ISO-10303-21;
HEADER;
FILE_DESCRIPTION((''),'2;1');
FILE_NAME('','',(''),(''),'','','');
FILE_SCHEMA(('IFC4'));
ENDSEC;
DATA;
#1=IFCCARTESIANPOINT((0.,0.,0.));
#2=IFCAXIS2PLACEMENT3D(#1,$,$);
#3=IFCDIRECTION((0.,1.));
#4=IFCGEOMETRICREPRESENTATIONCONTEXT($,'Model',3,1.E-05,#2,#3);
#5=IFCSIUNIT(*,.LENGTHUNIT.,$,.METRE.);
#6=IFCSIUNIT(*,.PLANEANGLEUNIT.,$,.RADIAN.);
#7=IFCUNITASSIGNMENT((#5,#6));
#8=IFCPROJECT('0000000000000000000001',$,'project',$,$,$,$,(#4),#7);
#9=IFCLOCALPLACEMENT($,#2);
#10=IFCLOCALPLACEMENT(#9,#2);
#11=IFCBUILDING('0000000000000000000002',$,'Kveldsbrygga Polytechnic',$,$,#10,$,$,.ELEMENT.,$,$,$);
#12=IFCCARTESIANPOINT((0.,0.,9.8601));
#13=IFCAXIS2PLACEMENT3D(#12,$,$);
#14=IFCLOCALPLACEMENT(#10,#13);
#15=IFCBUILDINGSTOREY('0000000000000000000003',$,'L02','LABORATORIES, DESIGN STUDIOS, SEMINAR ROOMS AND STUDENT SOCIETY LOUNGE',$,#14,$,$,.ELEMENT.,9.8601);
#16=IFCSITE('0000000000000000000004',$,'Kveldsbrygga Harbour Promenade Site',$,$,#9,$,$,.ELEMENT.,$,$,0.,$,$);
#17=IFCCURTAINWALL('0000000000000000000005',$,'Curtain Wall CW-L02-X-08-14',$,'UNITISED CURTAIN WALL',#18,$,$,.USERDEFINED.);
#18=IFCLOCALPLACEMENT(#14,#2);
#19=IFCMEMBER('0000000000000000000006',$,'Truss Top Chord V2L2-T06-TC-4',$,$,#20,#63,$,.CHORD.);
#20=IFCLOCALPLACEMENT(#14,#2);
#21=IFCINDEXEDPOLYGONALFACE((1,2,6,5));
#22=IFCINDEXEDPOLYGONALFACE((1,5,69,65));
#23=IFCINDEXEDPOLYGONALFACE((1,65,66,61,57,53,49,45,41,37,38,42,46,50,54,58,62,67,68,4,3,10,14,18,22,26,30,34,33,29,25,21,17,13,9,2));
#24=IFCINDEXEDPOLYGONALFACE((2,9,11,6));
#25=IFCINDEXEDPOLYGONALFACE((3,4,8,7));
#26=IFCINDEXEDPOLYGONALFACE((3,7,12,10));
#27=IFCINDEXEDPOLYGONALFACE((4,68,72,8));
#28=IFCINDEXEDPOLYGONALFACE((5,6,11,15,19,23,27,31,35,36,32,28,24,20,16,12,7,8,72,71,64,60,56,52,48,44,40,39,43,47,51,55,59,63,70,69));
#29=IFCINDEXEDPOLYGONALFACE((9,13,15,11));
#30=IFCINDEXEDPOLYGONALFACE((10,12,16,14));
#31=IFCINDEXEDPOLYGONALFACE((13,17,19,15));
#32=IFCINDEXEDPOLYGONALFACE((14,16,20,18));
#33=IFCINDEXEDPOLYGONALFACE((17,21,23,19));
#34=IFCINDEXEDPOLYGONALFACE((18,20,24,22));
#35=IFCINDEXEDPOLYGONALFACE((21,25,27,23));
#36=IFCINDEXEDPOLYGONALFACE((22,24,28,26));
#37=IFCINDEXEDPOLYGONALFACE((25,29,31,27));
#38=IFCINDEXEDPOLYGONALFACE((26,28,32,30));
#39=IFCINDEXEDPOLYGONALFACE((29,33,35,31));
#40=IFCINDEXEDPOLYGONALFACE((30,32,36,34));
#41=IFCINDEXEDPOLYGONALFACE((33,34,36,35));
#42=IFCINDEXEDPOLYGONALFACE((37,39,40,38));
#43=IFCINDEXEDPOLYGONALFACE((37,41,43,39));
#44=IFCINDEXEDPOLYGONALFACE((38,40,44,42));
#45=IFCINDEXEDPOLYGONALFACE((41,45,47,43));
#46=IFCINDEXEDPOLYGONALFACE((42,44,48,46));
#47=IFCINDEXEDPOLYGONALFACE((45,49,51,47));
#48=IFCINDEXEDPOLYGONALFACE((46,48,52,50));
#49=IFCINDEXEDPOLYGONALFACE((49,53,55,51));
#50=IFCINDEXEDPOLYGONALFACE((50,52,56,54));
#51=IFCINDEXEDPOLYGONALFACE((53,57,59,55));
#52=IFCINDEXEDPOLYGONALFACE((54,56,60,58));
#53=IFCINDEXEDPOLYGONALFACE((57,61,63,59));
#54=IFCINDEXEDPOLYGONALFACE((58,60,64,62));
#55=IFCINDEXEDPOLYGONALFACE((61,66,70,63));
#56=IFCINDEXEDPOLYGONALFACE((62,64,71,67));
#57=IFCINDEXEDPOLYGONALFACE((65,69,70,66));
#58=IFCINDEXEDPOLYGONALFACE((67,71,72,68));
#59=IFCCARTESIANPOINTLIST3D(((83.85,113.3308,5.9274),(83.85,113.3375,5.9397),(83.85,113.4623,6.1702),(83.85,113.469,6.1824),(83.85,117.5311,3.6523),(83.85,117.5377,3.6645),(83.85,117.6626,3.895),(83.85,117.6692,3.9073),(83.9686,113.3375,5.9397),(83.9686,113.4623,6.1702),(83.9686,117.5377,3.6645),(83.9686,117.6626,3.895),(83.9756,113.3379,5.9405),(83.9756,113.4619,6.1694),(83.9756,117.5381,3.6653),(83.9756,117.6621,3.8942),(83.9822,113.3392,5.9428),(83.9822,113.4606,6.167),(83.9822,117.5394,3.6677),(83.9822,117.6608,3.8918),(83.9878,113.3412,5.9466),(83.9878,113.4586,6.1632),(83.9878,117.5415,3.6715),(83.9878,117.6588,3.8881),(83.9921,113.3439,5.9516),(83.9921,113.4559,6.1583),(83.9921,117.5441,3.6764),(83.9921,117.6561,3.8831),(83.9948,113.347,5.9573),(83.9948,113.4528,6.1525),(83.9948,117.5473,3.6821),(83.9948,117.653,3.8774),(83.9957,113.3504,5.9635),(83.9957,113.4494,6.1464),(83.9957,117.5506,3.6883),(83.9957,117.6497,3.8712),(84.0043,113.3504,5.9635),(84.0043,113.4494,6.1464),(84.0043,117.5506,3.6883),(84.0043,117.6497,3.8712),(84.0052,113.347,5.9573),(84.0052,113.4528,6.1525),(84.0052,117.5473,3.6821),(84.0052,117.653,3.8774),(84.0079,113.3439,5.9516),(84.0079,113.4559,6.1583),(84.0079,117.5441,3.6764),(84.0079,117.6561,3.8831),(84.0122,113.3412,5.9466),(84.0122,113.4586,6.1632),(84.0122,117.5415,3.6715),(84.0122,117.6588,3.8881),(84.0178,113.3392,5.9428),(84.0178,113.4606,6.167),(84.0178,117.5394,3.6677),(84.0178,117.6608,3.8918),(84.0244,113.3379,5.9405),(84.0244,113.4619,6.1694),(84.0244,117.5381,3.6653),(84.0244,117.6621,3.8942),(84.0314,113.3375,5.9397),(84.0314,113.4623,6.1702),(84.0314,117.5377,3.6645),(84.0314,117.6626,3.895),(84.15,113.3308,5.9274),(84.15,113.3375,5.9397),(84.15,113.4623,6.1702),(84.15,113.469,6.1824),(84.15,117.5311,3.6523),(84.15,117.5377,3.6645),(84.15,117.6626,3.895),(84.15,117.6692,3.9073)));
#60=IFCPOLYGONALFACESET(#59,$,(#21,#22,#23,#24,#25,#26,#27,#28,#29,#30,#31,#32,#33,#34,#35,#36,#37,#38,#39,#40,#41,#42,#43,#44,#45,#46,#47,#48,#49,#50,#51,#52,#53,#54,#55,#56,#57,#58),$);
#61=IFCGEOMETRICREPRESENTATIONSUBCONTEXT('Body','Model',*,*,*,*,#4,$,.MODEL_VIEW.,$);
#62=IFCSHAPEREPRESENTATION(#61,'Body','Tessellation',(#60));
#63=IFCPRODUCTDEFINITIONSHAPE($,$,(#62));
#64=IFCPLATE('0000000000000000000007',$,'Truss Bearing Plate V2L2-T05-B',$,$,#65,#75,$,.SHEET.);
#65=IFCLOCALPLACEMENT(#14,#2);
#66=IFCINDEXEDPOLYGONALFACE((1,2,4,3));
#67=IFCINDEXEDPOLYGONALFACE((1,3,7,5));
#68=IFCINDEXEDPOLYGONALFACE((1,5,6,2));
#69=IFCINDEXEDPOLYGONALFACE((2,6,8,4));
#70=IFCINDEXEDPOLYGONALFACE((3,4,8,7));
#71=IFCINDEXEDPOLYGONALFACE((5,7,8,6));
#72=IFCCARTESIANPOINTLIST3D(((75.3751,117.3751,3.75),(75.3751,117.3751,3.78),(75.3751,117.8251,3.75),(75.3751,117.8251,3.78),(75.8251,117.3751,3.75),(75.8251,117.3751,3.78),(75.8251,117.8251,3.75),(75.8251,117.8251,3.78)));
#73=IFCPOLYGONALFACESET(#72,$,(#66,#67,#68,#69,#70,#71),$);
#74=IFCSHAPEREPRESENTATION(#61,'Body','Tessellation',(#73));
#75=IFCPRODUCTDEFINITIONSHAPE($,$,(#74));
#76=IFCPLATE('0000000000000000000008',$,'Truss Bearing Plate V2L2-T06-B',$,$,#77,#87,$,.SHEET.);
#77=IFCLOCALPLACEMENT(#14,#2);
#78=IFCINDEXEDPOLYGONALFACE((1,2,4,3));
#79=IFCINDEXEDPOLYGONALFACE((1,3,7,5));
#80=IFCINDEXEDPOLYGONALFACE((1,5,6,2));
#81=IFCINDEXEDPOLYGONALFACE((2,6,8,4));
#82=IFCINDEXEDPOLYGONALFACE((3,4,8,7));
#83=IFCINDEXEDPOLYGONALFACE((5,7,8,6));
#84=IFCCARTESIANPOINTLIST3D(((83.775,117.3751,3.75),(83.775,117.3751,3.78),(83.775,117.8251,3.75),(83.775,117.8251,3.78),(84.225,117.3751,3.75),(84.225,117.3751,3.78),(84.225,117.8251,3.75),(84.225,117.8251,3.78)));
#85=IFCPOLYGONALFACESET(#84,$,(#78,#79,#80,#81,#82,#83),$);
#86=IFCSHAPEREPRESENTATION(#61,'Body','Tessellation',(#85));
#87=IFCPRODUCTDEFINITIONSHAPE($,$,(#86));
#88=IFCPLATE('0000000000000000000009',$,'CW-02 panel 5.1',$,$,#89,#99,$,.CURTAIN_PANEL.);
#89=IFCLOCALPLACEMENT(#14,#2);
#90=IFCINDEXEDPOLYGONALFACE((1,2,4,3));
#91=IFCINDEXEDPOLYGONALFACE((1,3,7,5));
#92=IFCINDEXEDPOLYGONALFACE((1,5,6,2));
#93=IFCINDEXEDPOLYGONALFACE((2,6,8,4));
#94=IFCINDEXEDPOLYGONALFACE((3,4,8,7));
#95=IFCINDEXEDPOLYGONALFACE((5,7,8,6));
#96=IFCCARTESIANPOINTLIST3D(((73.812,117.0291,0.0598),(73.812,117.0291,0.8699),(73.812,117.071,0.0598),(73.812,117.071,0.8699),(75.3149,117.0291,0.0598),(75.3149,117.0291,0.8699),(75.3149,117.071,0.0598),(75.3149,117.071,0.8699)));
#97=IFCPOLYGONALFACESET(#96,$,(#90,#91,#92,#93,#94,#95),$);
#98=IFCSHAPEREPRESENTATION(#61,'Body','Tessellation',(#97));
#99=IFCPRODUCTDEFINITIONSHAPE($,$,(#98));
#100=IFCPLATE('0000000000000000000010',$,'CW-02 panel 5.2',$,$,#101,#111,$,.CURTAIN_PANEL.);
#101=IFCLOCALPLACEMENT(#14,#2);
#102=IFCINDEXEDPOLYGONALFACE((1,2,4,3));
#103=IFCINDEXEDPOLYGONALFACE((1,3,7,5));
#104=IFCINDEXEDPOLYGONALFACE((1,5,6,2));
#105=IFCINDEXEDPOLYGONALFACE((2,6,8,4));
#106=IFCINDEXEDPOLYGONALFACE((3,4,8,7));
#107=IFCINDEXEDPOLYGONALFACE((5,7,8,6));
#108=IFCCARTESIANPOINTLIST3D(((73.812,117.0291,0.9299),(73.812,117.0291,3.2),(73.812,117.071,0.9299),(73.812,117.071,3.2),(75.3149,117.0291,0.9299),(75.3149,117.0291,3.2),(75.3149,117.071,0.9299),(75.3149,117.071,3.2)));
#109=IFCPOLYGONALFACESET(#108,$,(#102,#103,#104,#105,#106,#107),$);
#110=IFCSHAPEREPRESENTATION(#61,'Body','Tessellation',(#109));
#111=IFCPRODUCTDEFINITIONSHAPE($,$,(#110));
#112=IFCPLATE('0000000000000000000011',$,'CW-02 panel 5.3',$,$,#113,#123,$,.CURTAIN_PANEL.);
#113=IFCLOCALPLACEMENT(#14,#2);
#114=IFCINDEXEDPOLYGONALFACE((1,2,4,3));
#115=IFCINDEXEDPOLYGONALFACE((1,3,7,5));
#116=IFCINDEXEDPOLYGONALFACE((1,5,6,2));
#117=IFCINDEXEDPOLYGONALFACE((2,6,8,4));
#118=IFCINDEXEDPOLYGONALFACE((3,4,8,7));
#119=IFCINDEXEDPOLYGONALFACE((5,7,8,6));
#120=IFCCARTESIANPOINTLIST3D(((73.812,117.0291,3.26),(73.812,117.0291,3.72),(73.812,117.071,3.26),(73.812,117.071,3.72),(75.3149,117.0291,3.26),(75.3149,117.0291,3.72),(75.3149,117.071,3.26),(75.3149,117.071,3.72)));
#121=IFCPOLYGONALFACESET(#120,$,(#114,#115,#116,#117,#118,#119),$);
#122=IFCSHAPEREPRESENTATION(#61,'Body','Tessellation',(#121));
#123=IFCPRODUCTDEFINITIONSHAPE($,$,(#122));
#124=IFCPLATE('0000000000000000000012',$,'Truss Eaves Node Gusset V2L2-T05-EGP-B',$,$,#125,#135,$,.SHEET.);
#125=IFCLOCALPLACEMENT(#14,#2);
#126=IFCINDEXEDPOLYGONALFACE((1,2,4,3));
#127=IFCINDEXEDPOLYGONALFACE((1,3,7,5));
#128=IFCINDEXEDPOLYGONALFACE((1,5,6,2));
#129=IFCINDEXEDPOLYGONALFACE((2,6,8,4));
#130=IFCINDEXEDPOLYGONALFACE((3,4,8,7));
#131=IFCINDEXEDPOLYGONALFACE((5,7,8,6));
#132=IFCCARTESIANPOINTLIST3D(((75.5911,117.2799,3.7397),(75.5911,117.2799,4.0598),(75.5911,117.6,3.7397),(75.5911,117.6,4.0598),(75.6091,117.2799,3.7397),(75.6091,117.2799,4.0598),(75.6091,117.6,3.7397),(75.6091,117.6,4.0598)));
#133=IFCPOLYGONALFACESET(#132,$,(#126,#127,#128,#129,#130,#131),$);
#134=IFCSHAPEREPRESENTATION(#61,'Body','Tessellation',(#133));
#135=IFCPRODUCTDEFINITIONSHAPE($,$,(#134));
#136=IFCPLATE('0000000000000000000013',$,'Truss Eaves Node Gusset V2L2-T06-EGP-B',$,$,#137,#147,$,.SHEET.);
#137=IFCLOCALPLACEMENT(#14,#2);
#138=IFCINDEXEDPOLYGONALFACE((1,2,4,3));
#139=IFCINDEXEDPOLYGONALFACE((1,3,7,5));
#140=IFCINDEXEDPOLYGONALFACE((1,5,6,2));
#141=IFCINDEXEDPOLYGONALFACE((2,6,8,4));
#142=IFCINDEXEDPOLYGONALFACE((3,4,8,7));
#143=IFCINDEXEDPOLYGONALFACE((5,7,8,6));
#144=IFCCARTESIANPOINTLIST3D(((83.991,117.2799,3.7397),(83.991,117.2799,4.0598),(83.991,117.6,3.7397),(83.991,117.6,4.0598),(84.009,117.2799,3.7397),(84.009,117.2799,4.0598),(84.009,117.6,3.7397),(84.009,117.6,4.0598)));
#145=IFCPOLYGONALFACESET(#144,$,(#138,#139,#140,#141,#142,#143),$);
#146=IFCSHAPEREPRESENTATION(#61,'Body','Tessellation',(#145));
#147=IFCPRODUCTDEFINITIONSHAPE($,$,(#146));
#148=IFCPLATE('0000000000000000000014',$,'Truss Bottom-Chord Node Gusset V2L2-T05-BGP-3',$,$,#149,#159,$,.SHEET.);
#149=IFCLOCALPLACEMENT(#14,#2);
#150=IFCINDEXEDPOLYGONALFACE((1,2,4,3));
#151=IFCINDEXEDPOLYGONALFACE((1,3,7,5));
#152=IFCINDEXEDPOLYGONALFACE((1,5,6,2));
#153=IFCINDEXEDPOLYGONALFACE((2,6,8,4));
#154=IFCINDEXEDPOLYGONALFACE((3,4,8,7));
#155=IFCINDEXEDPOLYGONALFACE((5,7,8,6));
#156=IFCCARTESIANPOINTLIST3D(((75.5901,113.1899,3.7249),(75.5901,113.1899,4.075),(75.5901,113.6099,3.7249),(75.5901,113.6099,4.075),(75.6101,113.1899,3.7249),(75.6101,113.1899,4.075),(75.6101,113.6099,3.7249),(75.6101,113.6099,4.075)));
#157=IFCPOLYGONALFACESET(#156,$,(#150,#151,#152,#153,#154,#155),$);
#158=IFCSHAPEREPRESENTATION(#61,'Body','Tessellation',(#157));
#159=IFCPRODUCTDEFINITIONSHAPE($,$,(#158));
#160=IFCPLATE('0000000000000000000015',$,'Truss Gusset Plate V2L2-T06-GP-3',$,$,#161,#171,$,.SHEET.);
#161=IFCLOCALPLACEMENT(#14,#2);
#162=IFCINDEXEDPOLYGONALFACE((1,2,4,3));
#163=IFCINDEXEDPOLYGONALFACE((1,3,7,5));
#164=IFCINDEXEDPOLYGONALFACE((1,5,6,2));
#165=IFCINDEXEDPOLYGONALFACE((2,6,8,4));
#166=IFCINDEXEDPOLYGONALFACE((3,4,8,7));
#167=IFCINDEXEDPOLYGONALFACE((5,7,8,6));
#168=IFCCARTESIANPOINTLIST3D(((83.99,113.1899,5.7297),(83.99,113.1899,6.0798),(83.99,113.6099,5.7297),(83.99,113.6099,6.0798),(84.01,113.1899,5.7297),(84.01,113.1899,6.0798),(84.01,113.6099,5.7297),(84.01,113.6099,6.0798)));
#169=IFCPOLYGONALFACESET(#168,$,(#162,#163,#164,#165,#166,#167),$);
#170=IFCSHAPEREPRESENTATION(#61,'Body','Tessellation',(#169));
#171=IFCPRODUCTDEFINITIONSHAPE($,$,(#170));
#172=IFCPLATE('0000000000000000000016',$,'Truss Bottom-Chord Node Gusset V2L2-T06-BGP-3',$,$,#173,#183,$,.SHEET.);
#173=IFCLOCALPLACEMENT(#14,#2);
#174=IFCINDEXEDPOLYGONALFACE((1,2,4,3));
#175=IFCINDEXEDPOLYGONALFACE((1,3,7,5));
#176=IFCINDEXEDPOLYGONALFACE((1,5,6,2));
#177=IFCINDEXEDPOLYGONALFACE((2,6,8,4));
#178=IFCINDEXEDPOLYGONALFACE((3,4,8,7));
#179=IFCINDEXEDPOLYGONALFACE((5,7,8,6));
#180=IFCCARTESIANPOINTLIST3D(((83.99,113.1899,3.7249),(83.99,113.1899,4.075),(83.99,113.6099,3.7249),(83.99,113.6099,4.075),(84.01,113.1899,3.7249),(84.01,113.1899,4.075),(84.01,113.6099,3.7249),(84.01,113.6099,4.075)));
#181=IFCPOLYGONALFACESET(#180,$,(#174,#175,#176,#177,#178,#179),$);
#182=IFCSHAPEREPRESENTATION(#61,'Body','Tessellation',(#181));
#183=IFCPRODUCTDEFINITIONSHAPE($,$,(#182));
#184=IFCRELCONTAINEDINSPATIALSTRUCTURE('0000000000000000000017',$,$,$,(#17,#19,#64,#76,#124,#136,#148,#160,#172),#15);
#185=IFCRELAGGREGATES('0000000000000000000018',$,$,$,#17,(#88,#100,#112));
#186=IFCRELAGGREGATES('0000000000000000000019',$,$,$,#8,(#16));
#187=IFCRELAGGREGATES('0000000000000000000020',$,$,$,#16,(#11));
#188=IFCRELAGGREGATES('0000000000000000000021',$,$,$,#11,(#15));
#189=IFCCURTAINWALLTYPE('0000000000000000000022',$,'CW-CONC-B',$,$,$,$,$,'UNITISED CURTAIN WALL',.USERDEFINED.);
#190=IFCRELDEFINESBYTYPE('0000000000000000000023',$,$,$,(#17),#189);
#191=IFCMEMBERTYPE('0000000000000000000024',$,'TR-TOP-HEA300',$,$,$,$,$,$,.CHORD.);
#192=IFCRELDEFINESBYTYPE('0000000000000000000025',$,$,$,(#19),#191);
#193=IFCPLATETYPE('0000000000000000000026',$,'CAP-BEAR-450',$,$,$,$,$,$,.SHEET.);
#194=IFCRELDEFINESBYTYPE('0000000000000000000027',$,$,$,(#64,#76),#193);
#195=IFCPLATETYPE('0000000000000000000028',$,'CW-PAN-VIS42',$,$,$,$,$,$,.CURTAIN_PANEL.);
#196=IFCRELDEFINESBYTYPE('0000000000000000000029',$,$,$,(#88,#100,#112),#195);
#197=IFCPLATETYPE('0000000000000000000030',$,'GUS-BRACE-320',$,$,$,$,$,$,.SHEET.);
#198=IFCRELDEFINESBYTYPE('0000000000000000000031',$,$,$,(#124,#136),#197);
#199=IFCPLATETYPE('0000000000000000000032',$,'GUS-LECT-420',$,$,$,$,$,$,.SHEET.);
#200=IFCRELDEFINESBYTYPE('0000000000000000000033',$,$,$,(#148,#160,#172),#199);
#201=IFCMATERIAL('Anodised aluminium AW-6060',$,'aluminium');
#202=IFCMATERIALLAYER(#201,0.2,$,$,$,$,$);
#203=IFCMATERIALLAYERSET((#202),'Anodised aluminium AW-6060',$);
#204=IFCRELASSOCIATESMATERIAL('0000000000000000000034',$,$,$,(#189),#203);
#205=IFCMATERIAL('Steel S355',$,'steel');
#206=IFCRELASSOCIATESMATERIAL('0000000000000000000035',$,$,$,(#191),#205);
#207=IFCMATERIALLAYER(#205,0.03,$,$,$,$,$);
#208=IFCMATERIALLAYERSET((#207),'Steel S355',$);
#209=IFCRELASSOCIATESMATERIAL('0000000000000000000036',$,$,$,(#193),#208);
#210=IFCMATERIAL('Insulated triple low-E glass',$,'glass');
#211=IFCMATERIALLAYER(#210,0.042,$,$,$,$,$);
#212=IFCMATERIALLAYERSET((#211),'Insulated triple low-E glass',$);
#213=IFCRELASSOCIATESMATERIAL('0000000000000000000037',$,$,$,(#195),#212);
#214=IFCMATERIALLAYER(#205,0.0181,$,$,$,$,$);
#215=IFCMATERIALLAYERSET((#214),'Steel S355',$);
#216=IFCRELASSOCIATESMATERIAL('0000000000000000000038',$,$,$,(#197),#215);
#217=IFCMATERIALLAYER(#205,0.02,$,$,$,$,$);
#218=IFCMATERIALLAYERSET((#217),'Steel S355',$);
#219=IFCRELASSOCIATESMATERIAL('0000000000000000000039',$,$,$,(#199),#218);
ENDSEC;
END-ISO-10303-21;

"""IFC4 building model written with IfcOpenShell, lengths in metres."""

from ifc_helpers import new_model, si_unit, direction, frame, origin, origin_2d, place, context, subcontext, project, spatial, rectangle, i_section, extrude, material, layer, layer_set, material_profile, profile_set, type_object, element, aggregate, save


model = new_model("IFC4")

# Units and contexts
model_context = context("Model", 3, precision=1e-05, world=origin(), true_north=direction((0.0, 1.0)))
body_context = subcontext(model_context, "Body", "Model", "MODEL_VIEW")
ifc_project = project(units=[si_unit("LENGTHUNIT", "METRE"), si_unit("PLANEANGLEUNIT", "RADIAN")], contexts=[model_context])

# Site, building, storey
site_placement = place(None, origin())
site = spatial("IfcSite", under=ifc_project, at=site_placement, Name="Kveldsbrygga Harbour Promenade Site", CompositionType="ELEMENT", RefElevation=0.0)
building_placement = place(site_placement, origin())
building = spatial("IfcBuilding", under=site, at=building_placement, Name="Kveldsbrygga Polytechnic", CompositionType="ELEMENT")
storey_placement = place(building_placement, frame((0.0, 0.0, 9.8601)))
storey = spatial("IfcBuildingStorey", under=building, at=storey_placement, Name="L02", Description="LABORATORIES, DESIGN STUDIOS, SEMINAR ROOMS AND STUDENT SOCIETY LOUNGE", CompositionType="ELEMENT", Elevation=9.8601)

# Curtain wall
ifc_material_1 = material(Name="Anodised aluminium AW-6060", Category="aluminium")
ifc_layer_1 = layer(ifc_material_1, 0.2)
ifc_layer_set_1 = layer_set([ifc_layer_1], Name="Anodised aluminium AW-6060")
curtain_wall_type = type_object("IfcCurtainWallType", Name="CW-CONC-B", ElementType="UNITISED CURTAIN WALL", PredefinedType="USERDEFINED", material=ifc_layer_set_1)
curtain_wall_placement = place(storey_placement, origin())
curtain_wall = element("IfcCurtainWall", 1, at=curtain_wall_placement, inside=storey, type_object=curtain_wall_type, Name="Curtain Wall CW-L02-X-08-14", ObjectType="UNITISED CURTAIN WALL", PredefinedType="USERDEFINED")

# Member
ifc_material_2 = material(Name="Steel S355", Category="steel")
ifc_material_profile_1 = material_profile(ifc_material_2, i_section(OverallWidth=0.3, OverallDepth=0.29, WebThickness=0.0085, FlangeThickness=0.0139, FilletRadius=0.0271, at=origin_2d()), Name="HEA 300")
ifc_profile_set_1 = profile_set([ifc_material_profile_1], Name="Steel S355")
member_type_1 = type_object("IfcMemberType", Name="TR-TOP-HEA300", PredefinedType="CHORD", material=ifc_profile_set_1)
member_1_placement = place(storey_placement, frame((84.0, 113.3999, 6.0549), z_axis=(0.0, 0.879288, -0.47629), x_axis=(-1.0, 0.0, 0.0)))
element("IfcMember", 2, at=member_1_placement, inside=storey, type_object=member_type_1, Name="Truss Top Chord V2L2-T06-TC-4", PredefinedType="CHORD", context=body_context, shape_type="SweptSolid", body=[
    extrude(i_section(OverallWidth=0.3, OverallDepth=0.29, WebThickness=0.0085, FlangeThickness=0.0139, FilletRadius=0.0271, at=origin_2d()), origin(), (0.0, 0.0, 1.0), 4.7769),
])

# Plates
ifc_layer_2 = layer(ifc_material_2, 0.03)
ifc_layer_set_2 = layer_set([ifc_layer_2], Name="Steel S355")
plate_type_1 = type_object("IfcPlateType", Name="CAP-BEAR-450", PredefinedType="SHEET", material=ifc_layer_set_2)
for number, where, z_axis, x_axis, name in (
    (3, (75.6001, 117.6001, 3.75), (0.0, 0.0, 1.0), (1.0, 0.0, 0.0), "Truss Bearing Plate V2L2-T05-B"),
    (4, (84.0, 117.6001, 3.75), (0.0, 0.0, 1.0), (1.0, 0.0, 0.0), "Truss Bearing Plate V2L2-T06-B"),
):
    element("IfcPlate", number, at=place(storey_placement, frame(where, z_axis=z_axis, x_axis=x_axis)), inside=storey, type_object=plate_type_1, Name=name, PredefinedType="SHEET", context=body_context, shape_type="SweptSolid", body=[
        extrude(rectangle(XDim=0.45, YDim=0.45, at=origin_2d()), origin(), (0.0, 0.0, 1.0), 0.03),
    ])

# Plates
ifc_material_3 = material(Name="Insulated triple low-E glass", Category="glass")
ifc_layer_3 = layer(ifc_material_3, 0.042)
ifc_layer_set_3 = layer_set([ifc_layer_3], Name="Insulated triple low-E glass")
plate_type_2 = type_object("IfcPlateType", Name="CW-PAN-VIS42", PredefinedType="CURTAIN_PANEL", material=ifc_layer_set_3)
plate_1_placement = place(storey_placement, frame((74.5635, 117.05, 0.0598), z_axis=(0.0, 0.0, 1.0), x_axis=(1.0, 0.0, 0.0)))
plate_1 = element("IfcPlate", 5, at=plate_1_placement, type_object=plate_type_2, Name="CW-02 panel 5.1", PredefinedType="CURTAIN_PANEL", context=body_context, shape_type="SweptSolid", body=[
    extrude(rectangle(XDim=1.5029, YDim=0.042, at=origin_2d()), origin(), (0.0, 0.0, 1.0), 0.8101),
])
plate_2_placement = place(storey_placement, frame((74.5635, 117.05, 0.9299), z_axis=(0.0, 0.0, 1.0), x_axis=(1.0, 0.0, 0.0)))
plate_2 = element("IfcPlate", 6, at=plate_2_placement, type_object=plate_type_2, Name="CW-02 panel 5.2", PredefinedType="CURTAIN_PANEL", context=body_context, shape_type="SweptSolid", body=[
    extrude(rectangle(XDim=1.5029, YDim=0.042, at=origin_2d()), origin(), (0.0, 0.0, 1.0), 2.27),
])
plate_3_placement = place(storey_placement, frame((74.5635, 117.05, 3.26), z_axis=(0.0, 0.0, 1.0), x_axis=(1.0, 0.0, 0.0)))
plate_3 = element("IfcPlate", 7, at=plate_3_placement, type_object=plate_type_2, Name="CW-02 panel 5.3", PredefinedType="CURTAIN_PANEL", context=body_context, shape_type="SweptSolid", body=[
    extrude(rectangle(XDim=1.5029, YDim=0.042, at=origin_2d()), origin(), (0.0, 0.0, 1.0), 0.46),
])
aggregate(curtain_wall, [plate_1, plate_2, plate_3])

# Plates
ifc_layer_4 = layer(ifc_material_2, 0.0181)
ifc_layer_set_4 = layer_set([ifc_layer_4], Name="Steel S355")
plate_type_3 = type_object("IfcPlateType", Name="GUS-BRACE-320", PredefinedType="SHEET", material=ifc_layer_set_4)
for number, where, z_axis, x_axis, name in (
    (8, (75.6001, 117.4399, 3.7397), (0.0, 0.0, 1.0), (1.0, 0.0, 0.0), "Truss Eaves Node Gusset V2L2-T05-EGP-B"),
    (9, (84.0, 117.4399, 3.7397), (0.0, 0.0, 1.0), (1.0, 0.0, 0.0), "Truss Eaves Node Gusset V2L2-T06-EGP-B"),
):
    element("IfcPlate", number, at=place(storey_placement, frame(where, z_axis=z_axis, x_axis=x_axis)), inside=storey, type_object=plate_type_3, Name=name, PredefinedType="SHEET", context=body_context, shape_type="SweptSolid", body=[
        extrude(rectangle(XDim=0.0181, YDim=0.3201, at=origin_2d()), origin(), (0.0, 0.0, 1.0), 0.3201),
    ])
ifc_layer_5 = layer(ifc_material_2, 0.02)
ifc_layer_set_5 = layer_set([ifc_layer_5], Name="Steel S355")
plate_type_4 = type_object("IfcPlateType", Name="GUS-LECT-420", PredefinedType="SHEET", material=ifc_layer_set_5)
for number, where, z_axis, x_axis, name in (
    (10, (75.6001, 113.3999, 3.7249), (0.0, 0.0, 1.0), (1.0, 0.0, 0.0), "Truss Bottom-Chord Node Gusset V2L2-T05-BGP-3"),
    (11, (84.0, 113.3999, 5.7297), (0.0, 0.0, 1.0), (1.0, 0.0, 0.0), "Truss Gusset Plate V2L2-T06-GP-3"),
    (12, (84.0, 113.3999, 3.7249), (0.0, 0.0, 1.0), (1.0, 0.0, 0.0), "Truss Bottom-Chord Node Gusset V2L2-T06-BGP-3"),
):
    element("IfcPlate", number, at=place(storey_placement, frame(where, z_axis=z_axis, x_axis=x_axis)), inside=storey, type_object=plate_type_4, Name=name, PredefinedType="SHEET", context=body_context, shape_type="SweptSolid", body=[
        extrude(rectangle(XDim=0.02, YDim=0.4199, at=origin_2d()), origin(), (0.0, 0.0, 1.0), 0.3501),
    ])

save(model, "model.ifc")
